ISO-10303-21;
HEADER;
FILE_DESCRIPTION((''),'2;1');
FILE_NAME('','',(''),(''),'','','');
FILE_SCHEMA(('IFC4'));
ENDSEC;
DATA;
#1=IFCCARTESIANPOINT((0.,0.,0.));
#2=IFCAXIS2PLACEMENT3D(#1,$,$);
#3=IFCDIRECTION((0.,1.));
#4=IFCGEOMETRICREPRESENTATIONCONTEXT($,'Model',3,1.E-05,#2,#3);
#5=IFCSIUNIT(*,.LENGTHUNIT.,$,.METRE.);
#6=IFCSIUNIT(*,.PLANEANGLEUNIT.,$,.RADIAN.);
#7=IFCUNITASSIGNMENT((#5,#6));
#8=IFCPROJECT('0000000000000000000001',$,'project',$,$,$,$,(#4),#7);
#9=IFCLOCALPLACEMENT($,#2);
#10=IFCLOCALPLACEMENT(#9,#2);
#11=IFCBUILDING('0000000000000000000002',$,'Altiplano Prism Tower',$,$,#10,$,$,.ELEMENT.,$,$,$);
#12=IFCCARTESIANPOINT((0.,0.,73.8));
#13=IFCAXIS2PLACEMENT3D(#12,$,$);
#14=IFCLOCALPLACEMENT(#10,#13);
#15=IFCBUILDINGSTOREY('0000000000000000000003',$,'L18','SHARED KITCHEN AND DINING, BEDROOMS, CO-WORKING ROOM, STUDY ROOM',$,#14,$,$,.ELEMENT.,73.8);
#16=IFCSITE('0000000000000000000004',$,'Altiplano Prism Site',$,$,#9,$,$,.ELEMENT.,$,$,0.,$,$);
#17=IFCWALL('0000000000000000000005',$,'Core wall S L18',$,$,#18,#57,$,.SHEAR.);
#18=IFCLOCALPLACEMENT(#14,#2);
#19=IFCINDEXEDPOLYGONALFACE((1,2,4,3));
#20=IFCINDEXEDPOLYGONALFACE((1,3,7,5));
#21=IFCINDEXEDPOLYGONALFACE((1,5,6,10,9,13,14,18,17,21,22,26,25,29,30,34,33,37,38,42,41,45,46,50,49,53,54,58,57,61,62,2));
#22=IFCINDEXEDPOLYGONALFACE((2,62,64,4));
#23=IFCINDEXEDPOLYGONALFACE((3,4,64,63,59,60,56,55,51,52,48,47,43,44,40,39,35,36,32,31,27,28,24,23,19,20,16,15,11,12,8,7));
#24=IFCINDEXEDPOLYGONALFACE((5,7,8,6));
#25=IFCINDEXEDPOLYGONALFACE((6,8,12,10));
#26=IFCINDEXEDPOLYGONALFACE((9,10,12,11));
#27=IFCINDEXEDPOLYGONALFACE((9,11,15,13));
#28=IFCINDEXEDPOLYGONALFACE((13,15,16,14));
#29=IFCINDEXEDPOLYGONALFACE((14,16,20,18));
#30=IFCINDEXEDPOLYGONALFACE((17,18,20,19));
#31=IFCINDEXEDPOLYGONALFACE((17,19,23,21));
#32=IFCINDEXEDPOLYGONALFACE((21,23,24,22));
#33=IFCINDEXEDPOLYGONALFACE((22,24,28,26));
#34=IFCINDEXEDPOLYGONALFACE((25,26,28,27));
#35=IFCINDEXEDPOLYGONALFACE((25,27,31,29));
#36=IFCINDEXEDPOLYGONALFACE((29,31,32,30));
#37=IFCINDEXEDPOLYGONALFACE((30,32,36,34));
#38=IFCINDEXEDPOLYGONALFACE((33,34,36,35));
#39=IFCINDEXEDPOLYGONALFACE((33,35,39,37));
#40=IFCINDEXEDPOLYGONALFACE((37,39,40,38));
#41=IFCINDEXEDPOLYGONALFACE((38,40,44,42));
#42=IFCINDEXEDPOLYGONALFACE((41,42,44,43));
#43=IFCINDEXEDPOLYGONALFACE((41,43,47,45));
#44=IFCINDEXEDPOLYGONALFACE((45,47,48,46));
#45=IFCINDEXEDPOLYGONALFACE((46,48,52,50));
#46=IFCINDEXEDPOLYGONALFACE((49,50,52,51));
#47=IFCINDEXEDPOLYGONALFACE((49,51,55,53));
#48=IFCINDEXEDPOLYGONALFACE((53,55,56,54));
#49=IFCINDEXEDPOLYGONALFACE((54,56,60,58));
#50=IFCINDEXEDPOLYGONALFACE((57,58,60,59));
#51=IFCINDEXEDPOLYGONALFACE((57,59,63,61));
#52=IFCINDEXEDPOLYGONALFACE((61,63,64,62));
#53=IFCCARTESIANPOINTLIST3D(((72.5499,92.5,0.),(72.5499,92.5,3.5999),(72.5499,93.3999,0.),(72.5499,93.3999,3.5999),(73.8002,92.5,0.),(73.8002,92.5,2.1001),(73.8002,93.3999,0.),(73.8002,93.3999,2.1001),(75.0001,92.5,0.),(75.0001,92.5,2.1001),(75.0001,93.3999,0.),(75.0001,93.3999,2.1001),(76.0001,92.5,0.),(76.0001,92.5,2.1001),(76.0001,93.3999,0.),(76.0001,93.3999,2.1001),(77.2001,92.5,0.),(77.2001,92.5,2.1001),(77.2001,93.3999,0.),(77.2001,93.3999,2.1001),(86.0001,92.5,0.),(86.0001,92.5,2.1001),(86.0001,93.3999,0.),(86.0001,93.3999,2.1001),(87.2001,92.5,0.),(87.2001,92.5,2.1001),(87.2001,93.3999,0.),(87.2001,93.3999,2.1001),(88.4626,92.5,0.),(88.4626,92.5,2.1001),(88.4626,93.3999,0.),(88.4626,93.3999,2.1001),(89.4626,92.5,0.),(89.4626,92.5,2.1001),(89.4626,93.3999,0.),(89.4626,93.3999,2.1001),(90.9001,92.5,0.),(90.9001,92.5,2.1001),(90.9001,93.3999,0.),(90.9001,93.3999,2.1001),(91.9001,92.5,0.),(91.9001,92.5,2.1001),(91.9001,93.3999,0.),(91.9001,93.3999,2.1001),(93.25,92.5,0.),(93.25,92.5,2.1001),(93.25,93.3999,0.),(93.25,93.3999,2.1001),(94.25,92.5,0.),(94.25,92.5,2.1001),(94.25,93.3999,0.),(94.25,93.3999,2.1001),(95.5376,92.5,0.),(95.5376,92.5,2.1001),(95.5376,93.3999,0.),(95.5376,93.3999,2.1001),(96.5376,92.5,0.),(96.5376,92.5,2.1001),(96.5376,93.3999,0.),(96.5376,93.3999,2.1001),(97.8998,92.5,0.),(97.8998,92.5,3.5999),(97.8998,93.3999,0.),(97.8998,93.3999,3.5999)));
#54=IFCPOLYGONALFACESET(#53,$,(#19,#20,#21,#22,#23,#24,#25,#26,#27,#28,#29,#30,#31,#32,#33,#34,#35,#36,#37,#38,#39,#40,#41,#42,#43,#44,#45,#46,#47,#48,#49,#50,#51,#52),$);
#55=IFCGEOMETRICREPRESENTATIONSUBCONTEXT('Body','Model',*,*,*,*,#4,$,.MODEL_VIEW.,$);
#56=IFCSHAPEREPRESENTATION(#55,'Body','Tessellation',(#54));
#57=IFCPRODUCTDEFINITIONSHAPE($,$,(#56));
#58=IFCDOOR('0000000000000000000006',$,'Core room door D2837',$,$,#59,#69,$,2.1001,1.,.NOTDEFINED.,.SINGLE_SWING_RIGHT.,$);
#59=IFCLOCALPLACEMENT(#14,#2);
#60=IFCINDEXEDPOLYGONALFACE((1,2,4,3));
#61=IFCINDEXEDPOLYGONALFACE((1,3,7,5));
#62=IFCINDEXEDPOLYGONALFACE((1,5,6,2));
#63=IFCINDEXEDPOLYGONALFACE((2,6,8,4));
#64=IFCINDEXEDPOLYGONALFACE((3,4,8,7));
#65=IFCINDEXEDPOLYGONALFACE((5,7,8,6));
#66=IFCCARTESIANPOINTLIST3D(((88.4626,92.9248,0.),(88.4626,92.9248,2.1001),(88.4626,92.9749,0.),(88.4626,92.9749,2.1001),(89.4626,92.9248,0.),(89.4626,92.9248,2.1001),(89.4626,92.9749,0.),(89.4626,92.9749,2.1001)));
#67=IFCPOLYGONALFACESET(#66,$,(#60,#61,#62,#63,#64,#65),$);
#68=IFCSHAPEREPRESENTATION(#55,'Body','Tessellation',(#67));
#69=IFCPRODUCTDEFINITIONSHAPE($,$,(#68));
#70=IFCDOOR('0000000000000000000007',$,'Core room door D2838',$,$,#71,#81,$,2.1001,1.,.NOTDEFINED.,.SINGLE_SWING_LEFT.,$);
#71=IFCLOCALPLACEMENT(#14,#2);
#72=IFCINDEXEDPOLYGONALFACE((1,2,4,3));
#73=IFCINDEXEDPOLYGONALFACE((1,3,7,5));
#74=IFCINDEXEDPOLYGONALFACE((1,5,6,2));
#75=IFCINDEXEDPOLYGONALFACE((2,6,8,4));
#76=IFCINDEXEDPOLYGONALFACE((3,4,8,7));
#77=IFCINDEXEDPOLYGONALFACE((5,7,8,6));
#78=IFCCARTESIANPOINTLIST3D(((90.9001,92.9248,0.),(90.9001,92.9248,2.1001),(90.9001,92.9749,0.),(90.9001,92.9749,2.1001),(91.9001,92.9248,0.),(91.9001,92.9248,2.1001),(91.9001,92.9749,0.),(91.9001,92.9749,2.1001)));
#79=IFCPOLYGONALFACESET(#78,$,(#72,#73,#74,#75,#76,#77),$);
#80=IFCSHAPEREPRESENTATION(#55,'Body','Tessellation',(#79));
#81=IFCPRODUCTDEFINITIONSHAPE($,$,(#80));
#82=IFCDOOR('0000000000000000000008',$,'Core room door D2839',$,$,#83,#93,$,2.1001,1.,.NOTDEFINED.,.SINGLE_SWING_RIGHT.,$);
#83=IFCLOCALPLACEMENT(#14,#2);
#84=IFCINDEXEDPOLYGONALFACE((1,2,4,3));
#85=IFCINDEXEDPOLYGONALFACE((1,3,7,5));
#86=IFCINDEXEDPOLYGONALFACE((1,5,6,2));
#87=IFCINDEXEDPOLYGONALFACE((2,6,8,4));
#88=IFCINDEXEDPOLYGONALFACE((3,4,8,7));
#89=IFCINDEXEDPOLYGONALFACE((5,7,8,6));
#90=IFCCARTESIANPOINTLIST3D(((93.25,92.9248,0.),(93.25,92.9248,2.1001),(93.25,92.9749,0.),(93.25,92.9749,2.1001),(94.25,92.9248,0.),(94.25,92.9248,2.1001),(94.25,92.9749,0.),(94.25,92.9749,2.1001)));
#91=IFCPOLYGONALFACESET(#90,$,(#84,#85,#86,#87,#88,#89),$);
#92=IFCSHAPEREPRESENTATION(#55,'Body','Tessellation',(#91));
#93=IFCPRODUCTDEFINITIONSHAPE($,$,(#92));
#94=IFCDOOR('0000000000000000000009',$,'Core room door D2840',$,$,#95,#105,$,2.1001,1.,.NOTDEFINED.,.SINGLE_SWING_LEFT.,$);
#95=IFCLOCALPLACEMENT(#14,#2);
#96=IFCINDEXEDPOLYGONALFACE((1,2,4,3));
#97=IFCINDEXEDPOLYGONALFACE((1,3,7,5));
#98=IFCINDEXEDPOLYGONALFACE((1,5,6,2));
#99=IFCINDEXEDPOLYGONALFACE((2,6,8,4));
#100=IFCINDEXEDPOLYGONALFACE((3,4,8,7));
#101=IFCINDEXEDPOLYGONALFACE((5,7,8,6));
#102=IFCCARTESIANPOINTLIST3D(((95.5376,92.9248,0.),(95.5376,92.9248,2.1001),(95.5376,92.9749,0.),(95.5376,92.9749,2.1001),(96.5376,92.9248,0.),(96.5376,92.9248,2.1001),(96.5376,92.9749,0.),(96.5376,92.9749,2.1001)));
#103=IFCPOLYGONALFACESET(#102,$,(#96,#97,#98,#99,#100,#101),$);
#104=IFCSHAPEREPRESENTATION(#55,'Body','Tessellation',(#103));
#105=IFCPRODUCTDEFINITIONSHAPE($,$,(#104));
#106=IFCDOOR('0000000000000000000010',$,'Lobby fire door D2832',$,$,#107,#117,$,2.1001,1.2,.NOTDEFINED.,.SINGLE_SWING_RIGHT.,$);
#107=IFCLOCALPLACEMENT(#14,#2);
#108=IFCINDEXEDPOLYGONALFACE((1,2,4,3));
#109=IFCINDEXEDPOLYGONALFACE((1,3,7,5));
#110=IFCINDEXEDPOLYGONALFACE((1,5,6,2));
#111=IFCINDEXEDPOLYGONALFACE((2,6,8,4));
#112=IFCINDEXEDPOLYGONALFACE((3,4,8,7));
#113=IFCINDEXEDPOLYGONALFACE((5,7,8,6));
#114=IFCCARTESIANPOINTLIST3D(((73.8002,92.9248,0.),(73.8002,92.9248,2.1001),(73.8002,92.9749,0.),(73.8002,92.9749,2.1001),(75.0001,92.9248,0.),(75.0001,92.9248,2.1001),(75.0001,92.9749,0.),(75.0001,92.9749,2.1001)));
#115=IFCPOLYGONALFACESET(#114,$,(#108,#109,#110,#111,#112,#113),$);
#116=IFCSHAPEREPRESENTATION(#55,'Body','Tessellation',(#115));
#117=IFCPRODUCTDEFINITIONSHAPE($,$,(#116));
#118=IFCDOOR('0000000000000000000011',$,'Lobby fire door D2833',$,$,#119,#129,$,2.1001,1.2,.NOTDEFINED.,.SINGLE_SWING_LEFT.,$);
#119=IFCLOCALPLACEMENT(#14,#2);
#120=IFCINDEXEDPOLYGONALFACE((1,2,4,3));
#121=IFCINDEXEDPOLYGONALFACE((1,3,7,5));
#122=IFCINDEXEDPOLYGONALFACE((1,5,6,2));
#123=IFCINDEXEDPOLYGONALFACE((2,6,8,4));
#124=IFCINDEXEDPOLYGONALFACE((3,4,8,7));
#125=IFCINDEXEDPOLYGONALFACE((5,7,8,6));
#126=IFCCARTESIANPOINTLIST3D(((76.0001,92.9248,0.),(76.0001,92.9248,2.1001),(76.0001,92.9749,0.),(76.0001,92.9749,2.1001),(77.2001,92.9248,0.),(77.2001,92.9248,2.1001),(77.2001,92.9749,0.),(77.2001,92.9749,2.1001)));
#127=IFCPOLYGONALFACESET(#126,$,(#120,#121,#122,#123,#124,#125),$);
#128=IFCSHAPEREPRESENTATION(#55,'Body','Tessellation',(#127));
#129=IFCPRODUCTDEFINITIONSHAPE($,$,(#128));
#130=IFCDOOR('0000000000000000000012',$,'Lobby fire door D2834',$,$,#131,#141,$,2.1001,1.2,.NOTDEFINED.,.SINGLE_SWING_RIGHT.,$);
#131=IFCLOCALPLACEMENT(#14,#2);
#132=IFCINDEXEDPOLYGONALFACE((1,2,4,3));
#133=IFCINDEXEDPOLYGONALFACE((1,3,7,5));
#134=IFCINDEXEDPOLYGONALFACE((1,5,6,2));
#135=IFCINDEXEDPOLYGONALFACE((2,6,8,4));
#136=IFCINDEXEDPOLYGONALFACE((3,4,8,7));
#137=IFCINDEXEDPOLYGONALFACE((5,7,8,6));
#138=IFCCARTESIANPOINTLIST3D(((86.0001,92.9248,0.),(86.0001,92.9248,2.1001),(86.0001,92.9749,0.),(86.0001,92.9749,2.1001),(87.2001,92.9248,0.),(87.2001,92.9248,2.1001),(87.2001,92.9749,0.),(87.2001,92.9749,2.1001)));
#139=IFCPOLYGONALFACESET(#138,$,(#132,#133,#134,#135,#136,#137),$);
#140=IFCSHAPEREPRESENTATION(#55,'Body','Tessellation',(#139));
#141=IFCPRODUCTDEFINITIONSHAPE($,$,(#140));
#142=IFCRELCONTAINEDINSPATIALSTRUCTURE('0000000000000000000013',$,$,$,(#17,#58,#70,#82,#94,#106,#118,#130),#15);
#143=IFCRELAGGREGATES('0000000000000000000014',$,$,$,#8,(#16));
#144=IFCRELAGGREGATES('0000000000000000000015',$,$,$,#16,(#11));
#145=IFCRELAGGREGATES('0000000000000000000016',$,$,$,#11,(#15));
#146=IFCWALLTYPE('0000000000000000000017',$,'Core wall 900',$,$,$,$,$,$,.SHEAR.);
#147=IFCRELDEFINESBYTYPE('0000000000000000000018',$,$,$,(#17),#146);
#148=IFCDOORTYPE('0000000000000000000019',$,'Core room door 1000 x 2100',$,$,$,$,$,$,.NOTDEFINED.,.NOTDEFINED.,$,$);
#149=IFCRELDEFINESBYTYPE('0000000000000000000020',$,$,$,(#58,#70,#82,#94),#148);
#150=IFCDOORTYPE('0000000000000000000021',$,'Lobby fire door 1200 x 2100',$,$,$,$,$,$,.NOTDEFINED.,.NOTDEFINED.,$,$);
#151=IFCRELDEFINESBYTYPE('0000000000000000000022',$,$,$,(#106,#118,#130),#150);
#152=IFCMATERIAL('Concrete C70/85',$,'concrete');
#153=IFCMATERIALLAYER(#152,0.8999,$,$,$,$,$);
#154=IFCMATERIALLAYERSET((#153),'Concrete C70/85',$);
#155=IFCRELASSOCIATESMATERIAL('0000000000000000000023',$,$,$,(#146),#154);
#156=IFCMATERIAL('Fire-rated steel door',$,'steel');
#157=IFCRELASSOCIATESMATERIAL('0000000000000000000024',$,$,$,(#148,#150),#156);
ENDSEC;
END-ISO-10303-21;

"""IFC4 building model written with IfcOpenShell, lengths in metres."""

from ifc_helpers import new_model, si_unit, direction, frame, frame_2d, origin, place, context, subcontext, project, spatial, rectangle, extrude, material, layer, layer_set, type_object, element, fill, save


model = new_model("IFC4")

# Units and contexts
model_context = context("Model", 3, precision=1e-05, world=origin(), true_north=direction((0.0, 1.0)))
body_context = subcontext(model_context, "Body", "Model", "MODEL_VIEW")
ifc_project = project(units=[si_unit("LENGTHUNIT", "METRE"), si_unit("PLANEANGLEUNIT", "RADIAN")], contexts=[model_context])

# Site, building, storey
site_placement = place(None, origin())
site = spatial("IfcSite", under=ifc_project, at=site_placement, Name="Altiplano Prism Site", CompositionType="ELEMENT", RefElevation=0.0)
building_placement = place(site_placement, origin())
building = spatial("IfcBuilding", under=site, at=building_placement, Name="Altiplano Prism Tower", CompositionType="ELEMENT")
storey_placement = place(building_placement, frame((0.0, 0.0, 73.8)))
storey = spatial("IfcBuildingStorey", under=building, at=storey_placement, Name="L18", Description="SHARED KITCHEN AND DINING, BEDROOMS, CO-WORKING ROOM, STUDY ROOM", CompositionType="ELEMENT", Elevation=73.8)

# Wall, openings, doors
ifc_material_1 = material(Name="Concrete C70/85", Category="concrete")
ifc_layer_1 = layer(ifc_material_1, 0.8999)
ifc_layer_set_1 = layer_set([ifc_layer_1], Name="Concrete C70/85")
wall_type_1 = type_object("IfcWallType", Name="Core wall 900", PredefinedType="SHEAR", material=ifc_layer_set_1)
wall_1_placement = place(storey_placement, frame((72.55, 92.95, 0.0), z_axis=(0.0, 0.0, 1.0), x_axis=(1.0, 0.0, 0.0)))
wall_1 = element("IfcWall", 1, at=wall_1_placement, inside=storey, type_object=wall_type_1, Name="Core wall S L18", PredefinedType="SHEAR", context=body_context, shape_type="SweptSolid", body=[
    extrude(rectangle(XDim=25.3499, YDim=0.8999, at=frame_2d((12.6748, 0.0))), origin(), (0.0, 0.0, 1.0), 3.5999),
])
opening_1_placement = place(wall_1_placement, frame((1.25, 0.0, 0.0)))
opening_1 = element("IfcOpeningElement", 2, at=opening_1_placement, cuts=wall_1, PredefinedType="OPENING", context=body_context, shape_type="SweptSolid", body=[
    extrude(rectangle(XDim=1.2, YDim=2.1001, at=frame_2d((0.6001, 1.05))), frame((0.0, 0.4604, 0.0), z_axis=(0.0, -1.0, 0.0), x_axis=(1.0, 0.0, 0.0)), (0.0, 0.0, 1.0), 0.9209),
])
opening_2_placement = place(wall_1_placement, frame((3.45, 0.0, 0.0)))
opening_2 = element("IfcOpeningElement", 3, at=opening_2_placement, cuts=wall_1, PredefinedType="OPENING", context=body_context, shape_type="SweptSolid", body=[
    extrude(rectangle(XDim=1.2, YDim=2.1001, at=frame_2d((0.6001, 1.05))), frame((0.0, 0.4604, 0.0), z_axis=(0.0, -1.0, 0.0), x_axis=(1.0, 0.0, 0.0)), (0.0, 0.0, 1.0), 0.9209),
])
opening_3_placement = place(wall_1_placement, frame((13.45, 0.0, 0.0)))
opening_3 = element("IfcOpeningElement", 4, at=opening_3_placement, cuts=wall_1, PredefinedType="OPENING", context=body_context, shape_type="SweptSolid", body=[
    extrude(rectangle(XDim=1.2, YDim=2.1001, at=frame_2d((0.6001, 1.05))), frame((0.0, 0.4604, 0.0), z_axis=(0.0, -1.0, 0.0), x_axis=(1.0, 0.0, 0.0)), (0.0, 0.0, 1.0), 0.9209),
])
opening_4_placement = place(wall_1_placement, frame((15.9126, 0.0, 0.0)))
opening_4 = element("IfcOpeningElement", 5, at=opening_4_placement, cuts=wall_1, PredefinedType="OPENING", context=body_context, shape_type="SweptSolid", body=[
    extrude(rectangle(XDim=1.0, YDim=2.1001, at=frame_2d((0.5, 1.05))), frame((0.0, 0.4604, 0.0), z_axis=(0.0, -1.0, 0.0), x_axis=(1.0, 0.0, 0.0)), (0.0, 0.0, 1.0), 0.9209),
])
opening_5_placement = place(wall_1_placement, frame((18.3501, 0.0, 0.0)))
opening_5 = element("IfcOpeningElement", 6, at=opening_5_placement, cuts=wall_1, PredefinedType="OPENING", context=body_context, shape_type="SweptSolid", body=[
    extrude(rectangle(XDim=1.0, YDim=2.1001, at=frame_2d((0.5, 1.05))), frame((0.0, 0.4604, 0.0), z_axis=(0.0, -1.0, 0.0), x_axis=(1.0, 0.0, 0.0)), (0.0, 0.0, 1.0), 0.9209),
])
opening_6_placement = place(wall_1_placement, frame((20.7, 0.0, 0.0)))
opening_6 = element("IfcOpeningElement", 7, at=opening_6_placement, cuts=wall_1, PredefinedType="OPENING", context=body_context, shape_type="SweptSolid", body=[
    extrude(rectangle(XDim=1.0, YDim=2.1001, at=frame_2d((0.5, 1.05))), frame((0.0, 0.4604, 0.0), z_axis=(0.0, -1.0, 0.0), x_axis=(1.0, 0.0, 0.0)), (0.0, 0.0, 1.0), 0.9209),
])
opening_7_placement = place(wall_1_placement, frame((22.9875, 0.0, 0.0)))
opening_7 = element("IfcOpeningElement", 8, at=opening_7_placement, cuts=wall_1, PredefinedType="OPENING", context=body_context, shape_type="SweptSolid", body=[
    extrude(rectangle(XDim=1.0, YDim=2.1001, at=frame_2d((0.5, 1.05))), frame((0.0, 0.4604, 0.0), z_axis=(0.0, -1.0, 0.0), x_axis=(1.0, 0.0, 0.0)), (0.0, 0.0, 1.0), 0.9209),
])
ifc_material_2 = material(Name="Fire-rated steel door", Category="steel")
door_type_1 = type_object("IfcDoorType", Name="Core room door 1000 x 2100", OperationType="NOTDEFINED", PredefinedType="NOTDEFINED", material=ifc_material_2)
door_1_placement = place(opening_4_placement, origin())
door_1 = element("IfcDoor", 9, at=door_1_placement, inside=storey, type_object=door_type_1, Name="Core room door D2837", OperationType="SINGLE_SWING_RIGHT", OverallHeight=2.1001, OverallWidth=1.0, PredefinedType="NOTDEFINED", context=body_context, shape_type="SweptSolid", body=[
    extrude(rectangle(XDim=1.0, YDim=2.1001, at=frame_2d((0.5, 1.05))), frame((0.0, 0.0249, 0.0), z_axis=(0.0, -1.0, 0.0), x_axis=(1.0, 0.0, 0.0)), (0.0, 0.0, 1.0), 0.05),
])
fill(opening_4, door_1)
door_2_placement = place(opening_5_placement, origin())
door_2 = element("IfcDoor", 10, at=door_2_placement, inside=storey, type_object=door_type_1, Name="Core room door D2838", OperationType="SINGLE_SWING_LEFT", OverallHeight=2.1001, OverallWidth=1.0, PredefinedType="NOTDEFINED", context=body_context, shape_type="SweptSolid", body=[
    extrude(rectangle(XDim=1.0, YDim=2.1001, at=frame_2d((0.5, 1.05))), frame((0.0, 0.0249, 0.0), z_axis=(0.0, -1.0, 0.0), x_axis=(1.0, 0.0, 0.0)), (0.0, 0.0, 1.0), 0.05),
])
fill(opening_5, door_2)
door_3_placement = place(opening_6_placement, origin())
door_3 = element("IfcDoor", 11, at=door_3_placement, inside=storey, type_object=door_type_1, Name="Core room door D2839", OperationType="SINGLE_SWING_RIGHT", OverallHeight=2.1001, OverallWidth=1.0, PredefinedType="NOTDEFINED", context=body_context, shape_type="SweptSolid", body=[
    extrude(rectangle(XDim=1.0, YDim=2.1001, at=frame_2d((0.5, 1.05))), frame((0.0, 0.0249, 0.0), z_axis=(0.0, -1.0, 0.0), x_axis=(1.0, 0.0, 0.0)), (0.0, 0.0, 1.0), 0.05),
])
fill(opening_6, door_3)
door_4_placement = place(opening_7_placement, origin())
door_4 = element("IfcDoor", 12, at=door_4_placement, inside=storey, type_object=door_type_1, Name="Core room door D2840", OperationType="SINGLE_SWING_LEFT", OverallHeight=2.1001, OverallWidth=1.0, PredefinedType="NOTDEFINED", context=body_context, shape_type="SweptSolid", body=[
    extrude(rectangle(XDim=1.0, YDim=2.1001, at=frame_2d((0.5, 1.05))), frame((0.0, 0.0249, 0.0), z_axis=(0.0, -1.0, 0.0), x_axis=(1.0, 0.0, 0.0)), (0.0, 0.0, 1.0), 0.05),
])
fill(opening_7, door_4)
door_type_2 = type_object("IfcDoorType", Name="Lobby fire door 1200 x 2100", OperationType="NOTDEFINED", PredefinedType="NOTDEFINED", material=ifc_material_2)
door_5_placement = place(opening_1_placement, origin())
door_5 = element("IfcDoor", 13, at=door_5_placement, inside=storey, type_object=door_type_2, Name="Lobby fire door D2832", OperationType="SINGLE_SWING_RIGHT", OverallHeight=2.1001, OverallWidth=1.2, PredefinedType="NOTDEFINED", context=body_context, shape_type="SweptSolid", body=[
    extrude(rectangle(XDim=1.2, YDim=2.1001, at=frame_2d((0.6001, 1.05))), frame((0.0, 0.0249, 0.0), z_axis=(0.0, -1.0, 0.0), x_axis=(1.0, 0.0, 0.0)), (0.0, 0.0, 1.0), 0.05),
])
fill(opening_1, door_5)
door_6_placement = place(opening_2_placement, origin())
door_6 = element("IfcDoor", 14, at=door_6_placement, inside=storey, type_object=door_type_2, Name="Lobby fire door D2833", OperationType="SINGLE_SWING_LEFT", OverallHeight=2.1001, OverallWidth=1.2, PredefinedType="NOTDEFINED", context=body_context, shape_type="SweptSolid", body=[
    extrude(rectangle(XDim=1.2, YDim=2.1001, at=frame_2d((0.6001, 1.05))), frame((0.0, 0.0249, 0.0), z_axis=(0.0, -1.0, 0.0), x_axis=(1.0, 0.0, 0.0)), (0.0, 0.0, 1.0), 0.05),
])
fill(opening_2, door_6)
door_7_placement = place(opening_3_placement, origin())
door_7 = element("IfcDoor", 15, at=door_7_placement, inside=storey, type_object=door_type_2, Name="Lobby fire door D2834", OperationType="SINGLE_SWING_RIGHT", OverallHeight=2.1001, OverallWidth=1.2, PredefinedType="NOTDEFINED", context=body_context, shape_type="SweptSolid", body=[
    extrude(rectangle(XDim=1.2, YDim=2.1001, at=frame_2d((0.6001, 1.05))), frame((0.0, 0.0249, 0.0), z_axis=(0.0, -1.0, 0.0), x_axis=(1.0, 0.0, 0.0)), (0.0, 0.0, 1.0), 0.05),
])
fill(opening_3, door_7)

save(model, "model.ifc")
